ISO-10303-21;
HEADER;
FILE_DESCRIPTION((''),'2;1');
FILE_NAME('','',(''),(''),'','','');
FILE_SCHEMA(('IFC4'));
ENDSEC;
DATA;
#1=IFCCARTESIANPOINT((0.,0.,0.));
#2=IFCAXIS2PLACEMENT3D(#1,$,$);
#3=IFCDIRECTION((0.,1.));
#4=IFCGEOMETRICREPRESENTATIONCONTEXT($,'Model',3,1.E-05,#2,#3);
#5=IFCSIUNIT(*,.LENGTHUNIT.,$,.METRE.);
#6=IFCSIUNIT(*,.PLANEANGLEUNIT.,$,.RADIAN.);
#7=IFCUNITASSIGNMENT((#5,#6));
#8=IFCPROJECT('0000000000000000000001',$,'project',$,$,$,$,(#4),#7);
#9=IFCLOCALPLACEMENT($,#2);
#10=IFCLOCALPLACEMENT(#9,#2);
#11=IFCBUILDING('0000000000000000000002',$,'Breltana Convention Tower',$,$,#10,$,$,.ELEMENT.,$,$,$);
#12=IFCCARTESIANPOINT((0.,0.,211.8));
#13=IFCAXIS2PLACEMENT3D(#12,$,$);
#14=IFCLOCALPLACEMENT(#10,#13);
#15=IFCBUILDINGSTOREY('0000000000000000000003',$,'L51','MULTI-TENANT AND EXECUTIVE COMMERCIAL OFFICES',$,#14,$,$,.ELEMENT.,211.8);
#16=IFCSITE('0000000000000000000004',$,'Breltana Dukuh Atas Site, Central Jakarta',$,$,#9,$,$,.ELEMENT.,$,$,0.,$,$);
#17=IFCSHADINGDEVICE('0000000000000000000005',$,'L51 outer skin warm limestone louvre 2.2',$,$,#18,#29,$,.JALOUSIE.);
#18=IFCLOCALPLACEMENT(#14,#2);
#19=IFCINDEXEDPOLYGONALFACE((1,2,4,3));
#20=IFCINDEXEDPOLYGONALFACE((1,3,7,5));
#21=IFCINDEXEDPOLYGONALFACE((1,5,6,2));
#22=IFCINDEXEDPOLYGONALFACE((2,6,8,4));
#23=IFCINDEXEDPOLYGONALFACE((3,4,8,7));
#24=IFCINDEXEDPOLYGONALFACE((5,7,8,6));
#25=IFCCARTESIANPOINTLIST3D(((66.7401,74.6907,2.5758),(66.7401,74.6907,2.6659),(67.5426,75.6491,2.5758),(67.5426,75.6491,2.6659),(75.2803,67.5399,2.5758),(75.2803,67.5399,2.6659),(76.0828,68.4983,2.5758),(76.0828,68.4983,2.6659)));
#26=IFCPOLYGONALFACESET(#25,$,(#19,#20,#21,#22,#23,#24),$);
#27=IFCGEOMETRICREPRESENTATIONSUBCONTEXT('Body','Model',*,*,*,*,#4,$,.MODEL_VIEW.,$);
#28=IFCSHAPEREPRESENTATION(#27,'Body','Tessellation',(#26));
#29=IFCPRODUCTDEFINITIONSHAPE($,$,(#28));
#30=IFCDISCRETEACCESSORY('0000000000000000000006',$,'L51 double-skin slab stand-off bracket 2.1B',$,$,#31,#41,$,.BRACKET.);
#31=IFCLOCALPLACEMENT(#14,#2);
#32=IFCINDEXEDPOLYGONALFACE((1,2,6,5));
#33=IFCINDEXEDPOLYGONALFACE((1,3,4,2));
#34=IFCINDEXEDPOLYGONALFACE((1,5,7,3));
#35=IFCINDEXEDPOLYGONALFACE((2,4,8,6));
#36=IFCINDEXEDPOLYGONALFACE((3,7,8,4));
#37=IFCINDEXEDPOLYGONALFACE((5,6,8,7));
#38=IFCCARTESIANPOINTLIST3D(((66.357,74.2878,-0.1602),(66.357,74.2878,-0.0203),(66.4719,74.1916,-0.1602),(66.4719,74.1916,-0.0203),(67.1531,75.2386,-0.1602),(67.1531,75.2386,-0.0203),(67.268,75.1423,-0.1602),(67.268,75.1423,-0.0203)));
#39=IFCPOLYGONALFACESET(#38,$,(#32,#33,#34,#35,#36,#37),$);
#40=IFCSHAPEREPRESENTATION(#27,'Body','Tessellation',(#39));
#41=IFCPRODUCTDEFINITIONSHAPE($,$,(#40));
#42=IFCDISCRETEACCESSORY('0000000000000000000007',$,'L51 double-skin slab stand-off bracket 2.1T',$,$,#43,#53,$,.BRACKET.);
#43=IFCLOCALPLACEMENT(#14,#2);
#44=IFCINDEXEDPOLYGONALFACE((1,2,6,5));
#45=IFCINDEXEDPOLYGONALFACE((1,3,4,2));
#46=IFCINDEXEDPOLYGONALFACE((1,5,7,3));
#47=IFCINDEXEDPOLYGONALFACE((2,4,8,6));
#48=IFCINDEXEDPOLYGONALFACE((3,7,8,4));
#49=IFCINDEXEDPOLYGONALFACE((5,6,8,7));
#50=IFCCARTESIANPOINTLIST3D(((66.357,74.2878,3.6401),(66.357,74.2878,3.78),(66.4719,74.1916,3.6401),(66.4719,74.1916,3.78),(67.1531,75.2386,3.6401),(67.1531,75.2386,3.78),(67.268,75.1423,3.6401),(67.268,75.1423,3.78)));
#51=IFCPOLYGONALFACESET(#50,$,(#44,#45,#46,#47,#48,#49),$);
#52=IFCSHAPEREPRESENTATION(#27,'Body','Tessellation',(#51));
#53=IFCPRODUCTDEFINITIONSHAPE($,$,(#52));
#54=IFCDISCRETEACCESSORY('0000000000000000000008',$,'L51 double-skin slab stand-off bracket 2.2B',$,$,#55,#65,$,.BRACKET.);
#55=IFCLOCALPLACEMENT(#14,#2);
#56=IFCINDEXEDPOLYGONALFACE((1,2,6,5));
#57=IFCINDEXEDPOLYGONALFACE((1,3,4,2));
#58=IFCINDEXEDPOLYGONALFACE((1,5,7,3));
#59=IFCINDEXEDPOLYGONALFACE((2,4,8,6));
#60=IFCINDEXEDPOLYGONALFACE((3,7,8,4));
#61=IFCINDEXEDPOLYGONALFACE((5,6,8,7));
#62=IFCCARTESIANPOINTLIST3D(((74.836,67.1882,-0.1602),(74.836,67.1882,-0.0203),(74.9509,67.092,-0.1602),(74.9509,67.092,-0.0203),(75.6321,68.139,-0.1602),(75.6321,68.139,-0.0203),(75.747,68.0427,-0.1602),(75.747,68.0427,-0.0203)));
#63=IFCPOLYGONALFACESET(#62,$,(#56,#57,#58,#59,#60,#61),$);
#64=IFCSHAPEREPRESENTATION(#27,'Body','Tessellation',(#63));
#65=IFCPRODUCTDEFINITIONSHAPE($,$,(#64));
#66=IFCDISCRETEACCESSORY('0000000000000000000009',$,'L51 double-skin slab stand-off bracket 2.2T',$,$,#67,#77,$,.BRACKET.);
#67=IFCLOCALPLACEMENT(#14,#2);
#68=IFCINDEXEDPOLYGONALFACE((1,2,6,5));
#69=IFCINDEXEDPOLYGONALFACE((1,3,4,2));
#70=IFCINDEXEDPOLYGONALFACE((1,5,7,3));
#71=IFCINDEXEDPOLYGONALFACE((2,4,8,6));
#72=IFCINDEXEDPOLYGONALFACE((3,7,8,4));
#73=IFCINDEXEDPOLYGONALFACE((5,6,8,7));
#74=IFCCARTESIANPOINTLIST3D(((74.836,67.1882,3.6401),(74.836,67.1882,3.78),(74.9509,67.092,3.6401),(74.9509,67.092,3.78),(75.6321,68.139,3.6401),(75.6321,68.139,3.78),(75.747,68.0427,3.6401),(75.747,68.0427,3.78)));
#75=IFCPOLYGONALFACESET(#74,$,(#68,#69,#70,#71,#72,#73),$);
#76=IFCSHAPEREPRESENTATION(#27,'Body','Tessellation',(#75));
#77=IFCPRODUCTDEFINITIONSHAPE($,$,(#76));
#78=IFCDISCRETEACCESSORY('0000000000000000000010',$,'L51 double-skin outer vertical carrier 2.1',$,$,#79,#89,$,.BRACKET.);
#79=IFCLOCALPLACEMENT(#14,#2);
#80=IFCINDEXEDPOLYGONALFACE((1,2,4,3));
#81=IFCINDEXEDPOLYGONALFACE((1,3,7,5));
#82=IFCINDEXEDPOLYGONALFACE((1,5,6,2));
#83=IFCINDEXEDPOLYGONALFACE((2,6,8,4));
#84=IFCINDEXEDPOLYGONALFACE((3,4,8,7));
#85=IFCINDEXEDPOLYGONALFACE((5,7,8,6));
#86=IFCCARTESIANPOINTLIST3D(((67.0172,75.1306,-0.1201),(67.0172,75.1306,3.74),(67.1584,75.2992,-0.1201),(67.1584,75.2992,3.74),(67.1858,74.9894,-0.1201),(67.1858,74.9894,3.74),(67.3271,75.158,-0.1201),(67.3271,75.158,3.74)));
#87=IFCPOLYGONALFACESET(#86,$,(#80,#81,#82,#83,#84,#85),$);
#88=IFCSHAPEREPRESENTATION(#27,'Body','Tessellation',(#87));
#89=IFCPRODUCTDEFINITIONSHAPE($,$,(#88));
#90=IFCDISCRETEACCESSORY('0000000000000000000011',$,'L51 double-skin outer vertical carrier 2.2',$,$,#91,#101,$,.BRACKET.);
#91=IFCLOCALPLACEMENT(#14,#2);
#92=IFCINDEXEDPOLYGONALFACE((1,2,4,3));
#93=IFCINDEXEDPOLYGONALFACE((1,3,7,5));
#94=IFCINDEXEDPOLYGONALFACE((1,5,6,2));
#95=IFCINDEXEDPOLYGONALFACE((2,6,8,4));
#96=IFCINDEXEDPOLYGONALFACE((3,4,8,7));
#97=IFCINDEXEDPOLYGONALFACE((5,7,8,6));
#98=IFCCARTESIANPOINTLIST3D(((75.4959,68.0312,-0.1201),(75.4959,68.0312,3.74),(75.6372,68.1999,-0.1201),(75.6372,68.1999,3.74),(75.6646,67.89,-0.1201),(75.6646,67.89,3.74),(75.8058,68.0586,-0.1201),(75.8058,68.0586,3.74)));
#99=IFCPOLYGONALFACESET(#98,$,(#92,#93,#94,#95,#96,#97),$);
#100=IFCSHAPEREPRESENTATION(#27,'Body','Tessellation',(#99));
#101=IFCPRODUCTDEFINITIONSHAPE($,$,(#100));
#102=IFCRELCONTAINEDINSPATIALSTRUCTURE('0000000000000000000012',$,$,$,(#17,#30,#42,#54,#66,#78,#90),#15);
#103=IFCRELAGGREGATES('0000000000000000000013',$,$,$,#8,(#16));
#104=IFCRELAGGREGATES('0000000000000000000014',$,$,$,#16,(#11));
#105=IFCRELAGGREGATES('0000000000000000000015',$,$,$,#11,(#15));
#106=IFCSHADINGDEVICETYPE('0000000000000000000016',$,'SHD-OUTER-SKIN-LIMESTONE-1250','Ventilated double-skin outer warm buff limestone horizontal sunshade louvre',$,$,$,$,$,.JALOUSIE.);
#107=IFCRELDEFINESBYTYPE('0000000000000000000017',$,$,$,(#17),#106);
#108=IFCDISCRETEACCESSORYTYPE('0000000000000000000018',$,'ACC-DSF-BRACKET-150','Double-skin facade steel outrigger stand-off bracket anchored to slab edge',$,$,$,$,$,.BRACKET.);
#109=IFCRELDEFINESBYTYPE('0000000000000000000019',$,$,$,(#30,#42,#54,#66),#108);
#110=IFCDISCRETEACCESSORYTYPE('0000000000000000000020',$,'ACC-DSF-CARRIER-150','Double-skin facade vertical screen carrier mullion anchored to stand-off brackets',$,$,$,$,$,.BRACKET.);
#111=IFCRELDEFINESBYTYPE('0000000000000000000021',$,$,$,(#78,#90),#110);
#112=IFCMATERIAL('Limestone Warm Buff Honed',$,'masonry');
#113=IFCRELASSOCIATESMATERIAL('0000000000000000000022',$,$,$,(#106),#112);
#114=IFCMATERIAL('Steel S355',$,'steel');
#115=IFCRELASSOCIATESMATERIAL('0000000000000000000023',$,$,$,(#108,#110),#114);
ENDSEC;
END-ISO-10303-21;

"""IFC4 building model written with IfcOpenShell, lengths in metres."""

from ifc_helpers import new_model, si_unit, direction, frame, origin, origin_2d, place, context, subcontext, project, spatial, rectangle, extrude, source, transform, mapped, material, material_profile, profile_set, type_object, type_shapes, element, save


model = new_model("IFC4")

# Units and contexts
model_context = context("Model", 3, precision=1e-05, world=origin(), true_north=direction((0.0, 1.0)))
body_context = subcontext(model_context, "Body", "Model", "MODEL_VIEW")
ifc_project = project(units=[si_unit("LENGTHUNIT", "METRE"), si_unit("PLANEANGLEUNIT", "RADIAN")], contexts=[model_context])

# Site, building, storey
site_placement = place(None, origin())
site = spatial("IfcSite", under=ifc_project, at=site_placement, Name="Breltana Dukuh Atas Site, Central Jakarta", CompositionType="ELEMENT", RefElevation=0.0)
building_placement = place(site_placement, origin())
building = spatial("IfcBuilding", under=site, at=building_placement, Name="Breltana Convention Tower", CompositionType="ELEMENT")
storey_placement = place(building_placement, frame((0.0, 0.0, 211.8)))
storey = spatial("IfcBuildingStorey", under=building, at=storey_placement, Name="L51", Description="MULTI-TENANT AND EXECUTIVE COMMERCIAL OFFICES", CompositionType="ELEMENT", Elevation=211.8)

# Shading device
ifc_material_1 = material(Name="Limestone Warm Buff Honed", Category="masonry")
ifc_material_profile_1 = material_profile(ifc_material_1, rectangle(XDim=1.25, YDim=0.0901, at=origin_2d()), Name="STN-LVR-1250X90")
ifc_profile_set_1 = profile_set([ifc_material_profile_1], Name="Limestone Warm Buff Honed")
shading_device_type = type_object("IfcShadingDeviceType", Name="SHD-OUTER-SKIN-LIMESTONE-1250", Description="Ventilated double-skin outer warm buff limestone horizontal sunshade louvre", PredefinedType="JALOUSIE", material=ifc_profile_set_1)
shared_shape_1 = source(origin(), body_context, "Body", "SweptSolid", [
    extrude(rectangle(XDim=1.25, YDim=0.0901, at=origin_2d()), origin(), (0.0, 0.0, 1.0), 11.1387),
])
for number, where, z_axis, x_axis, name in (
    (1, (67.1414, 75.1699, 2.6208), (0.766719, -0.641983, 0.0), (0.641983, 0.766719, 0.0), "L51 outer skin warm limestone louvre 2.2"),
):
    element("IfcShadingDevice", number, at=place(storey_placement, frame(where, z_axis=z_axis, x_axis=x_axis)), inside=storey, type_object=shading_device_type, Name=name, PredefinedType="JALOUSIE", context=body_context, shape_type="MappedRepresentation", body=[
        mapped(shared_shape_1, transform((0.0, 0.0, 0.0), scale=1.0)),
    ])

# Discrete accessories
ifc_material_2 = material(Name="Steel S355", Category="steel")
discrete_accessory_type_1 = type_object("IfcDiscreteAccessoryType", Name="ACC-DSF-BRACKET-150", Description="Double-skin facade steel outrigger stand-off bracket anchored to slab edge", PredefinedType="BRACKET", material=ifc_material_2)
shared_shape_2 = source(origin(), body_context, "Body", "SweptSolid", [
    extrude(rectangle(XDim=1.24, YDim=0.1499, at=origin_2d()), origin(), (0.0, 0.0, 1.0), 0.1399),
])
type_shapes(discrete_accessory_type_1, [shared_shape_2])
for number, where, z_axis, x_axis, name in (
    (2, (66.8125, 74.7151, -0.1602), (0.0, 0.0, 1.0), (0.641984, 0.766718, 0.0), "L51 double-skin slab stand-off bracket 2.1B"),
    (3, (66.8125, 74.7151, 3.6401), (0.0, 0.0, 1.0), (0.641984, 0.766718, 0.0), "L51 double-skin slab stand-off bracket 2.1T"),
    (4, (75.2915, 67.6155, -0.1602), (0.0, 0.0, 1.0), (0.641984, 0.766718, 0.0), "L51 double-skin slab stand-off bracket 2.2B"),
    (5, (75.2915, 67.6155, 3.6401), (0.0, 0.0, 1.0), (0.641984, 0.766718, 0.0), "L51 double-skin slab stand-off bracket 2.2T"),
):
    element("IfcDiscreteAccessory", number, at=place(storey_placement, frame(where, z_axis=z_axis, x_axis=x_axis)), inside=storey, type_object=discrete_accessory_type_1, Name=name, PredefinedType="BRACKET", context=body_context, shape_type="MappedRepresentation", body=[
        mapped(shared_shape_2, transform((0.0, 0.0, 0.0), scale=1.0)),
    ])
discrete_accessory_type_2 = type_object("IfcDiscreteAccessoryType", Name="ACC-DSF-CARRIER-150", Description="Double-skin facade vertical screen carrier mullion anchored to stand-off brackets", PredefinedType="BRACKET", material=ifc_material_2)
shared_shape_3 = source(origin(), body_context, "Body", "SweptSolid", [
    extrude(rectangle(XDim=0.22, YDim=0.22, at=origin_2d()), origin(), (0.0, 0.0, 1.0), 3.8601),
])
for number, where, z_axis, x_axis, name in (
    (6, (67.1721, 75.1443, -0.1201), (0.0, 0.0, 1.0), (0.641984, 0.766718, 0.0), "L51 double-skin outer vertical carrier 2.1"),
    (7, (75.6509, 68.0449, -0.1201), (0.0, 0.0, 1.0), (0.641984, 0.766718, 0.0), "L51 double-skin outer vertical carrier 2.2"),
):
    element("IfcDiscreteAccessory", number, at=place(storey_placement, frame(where, z_axis=z_axis, x_axis=x_axis)), inside=storey, type_object=discrete_accessory_type_2, Name=name, PredefinedType="BRACKET", context=body_context, shape_type="MappedRepresentation", body=[
        mapped(shared_shape_3, transform((0.0, 0.0, 0.0), scale=1.0)),
    ])

save(model, "model.ifc")
